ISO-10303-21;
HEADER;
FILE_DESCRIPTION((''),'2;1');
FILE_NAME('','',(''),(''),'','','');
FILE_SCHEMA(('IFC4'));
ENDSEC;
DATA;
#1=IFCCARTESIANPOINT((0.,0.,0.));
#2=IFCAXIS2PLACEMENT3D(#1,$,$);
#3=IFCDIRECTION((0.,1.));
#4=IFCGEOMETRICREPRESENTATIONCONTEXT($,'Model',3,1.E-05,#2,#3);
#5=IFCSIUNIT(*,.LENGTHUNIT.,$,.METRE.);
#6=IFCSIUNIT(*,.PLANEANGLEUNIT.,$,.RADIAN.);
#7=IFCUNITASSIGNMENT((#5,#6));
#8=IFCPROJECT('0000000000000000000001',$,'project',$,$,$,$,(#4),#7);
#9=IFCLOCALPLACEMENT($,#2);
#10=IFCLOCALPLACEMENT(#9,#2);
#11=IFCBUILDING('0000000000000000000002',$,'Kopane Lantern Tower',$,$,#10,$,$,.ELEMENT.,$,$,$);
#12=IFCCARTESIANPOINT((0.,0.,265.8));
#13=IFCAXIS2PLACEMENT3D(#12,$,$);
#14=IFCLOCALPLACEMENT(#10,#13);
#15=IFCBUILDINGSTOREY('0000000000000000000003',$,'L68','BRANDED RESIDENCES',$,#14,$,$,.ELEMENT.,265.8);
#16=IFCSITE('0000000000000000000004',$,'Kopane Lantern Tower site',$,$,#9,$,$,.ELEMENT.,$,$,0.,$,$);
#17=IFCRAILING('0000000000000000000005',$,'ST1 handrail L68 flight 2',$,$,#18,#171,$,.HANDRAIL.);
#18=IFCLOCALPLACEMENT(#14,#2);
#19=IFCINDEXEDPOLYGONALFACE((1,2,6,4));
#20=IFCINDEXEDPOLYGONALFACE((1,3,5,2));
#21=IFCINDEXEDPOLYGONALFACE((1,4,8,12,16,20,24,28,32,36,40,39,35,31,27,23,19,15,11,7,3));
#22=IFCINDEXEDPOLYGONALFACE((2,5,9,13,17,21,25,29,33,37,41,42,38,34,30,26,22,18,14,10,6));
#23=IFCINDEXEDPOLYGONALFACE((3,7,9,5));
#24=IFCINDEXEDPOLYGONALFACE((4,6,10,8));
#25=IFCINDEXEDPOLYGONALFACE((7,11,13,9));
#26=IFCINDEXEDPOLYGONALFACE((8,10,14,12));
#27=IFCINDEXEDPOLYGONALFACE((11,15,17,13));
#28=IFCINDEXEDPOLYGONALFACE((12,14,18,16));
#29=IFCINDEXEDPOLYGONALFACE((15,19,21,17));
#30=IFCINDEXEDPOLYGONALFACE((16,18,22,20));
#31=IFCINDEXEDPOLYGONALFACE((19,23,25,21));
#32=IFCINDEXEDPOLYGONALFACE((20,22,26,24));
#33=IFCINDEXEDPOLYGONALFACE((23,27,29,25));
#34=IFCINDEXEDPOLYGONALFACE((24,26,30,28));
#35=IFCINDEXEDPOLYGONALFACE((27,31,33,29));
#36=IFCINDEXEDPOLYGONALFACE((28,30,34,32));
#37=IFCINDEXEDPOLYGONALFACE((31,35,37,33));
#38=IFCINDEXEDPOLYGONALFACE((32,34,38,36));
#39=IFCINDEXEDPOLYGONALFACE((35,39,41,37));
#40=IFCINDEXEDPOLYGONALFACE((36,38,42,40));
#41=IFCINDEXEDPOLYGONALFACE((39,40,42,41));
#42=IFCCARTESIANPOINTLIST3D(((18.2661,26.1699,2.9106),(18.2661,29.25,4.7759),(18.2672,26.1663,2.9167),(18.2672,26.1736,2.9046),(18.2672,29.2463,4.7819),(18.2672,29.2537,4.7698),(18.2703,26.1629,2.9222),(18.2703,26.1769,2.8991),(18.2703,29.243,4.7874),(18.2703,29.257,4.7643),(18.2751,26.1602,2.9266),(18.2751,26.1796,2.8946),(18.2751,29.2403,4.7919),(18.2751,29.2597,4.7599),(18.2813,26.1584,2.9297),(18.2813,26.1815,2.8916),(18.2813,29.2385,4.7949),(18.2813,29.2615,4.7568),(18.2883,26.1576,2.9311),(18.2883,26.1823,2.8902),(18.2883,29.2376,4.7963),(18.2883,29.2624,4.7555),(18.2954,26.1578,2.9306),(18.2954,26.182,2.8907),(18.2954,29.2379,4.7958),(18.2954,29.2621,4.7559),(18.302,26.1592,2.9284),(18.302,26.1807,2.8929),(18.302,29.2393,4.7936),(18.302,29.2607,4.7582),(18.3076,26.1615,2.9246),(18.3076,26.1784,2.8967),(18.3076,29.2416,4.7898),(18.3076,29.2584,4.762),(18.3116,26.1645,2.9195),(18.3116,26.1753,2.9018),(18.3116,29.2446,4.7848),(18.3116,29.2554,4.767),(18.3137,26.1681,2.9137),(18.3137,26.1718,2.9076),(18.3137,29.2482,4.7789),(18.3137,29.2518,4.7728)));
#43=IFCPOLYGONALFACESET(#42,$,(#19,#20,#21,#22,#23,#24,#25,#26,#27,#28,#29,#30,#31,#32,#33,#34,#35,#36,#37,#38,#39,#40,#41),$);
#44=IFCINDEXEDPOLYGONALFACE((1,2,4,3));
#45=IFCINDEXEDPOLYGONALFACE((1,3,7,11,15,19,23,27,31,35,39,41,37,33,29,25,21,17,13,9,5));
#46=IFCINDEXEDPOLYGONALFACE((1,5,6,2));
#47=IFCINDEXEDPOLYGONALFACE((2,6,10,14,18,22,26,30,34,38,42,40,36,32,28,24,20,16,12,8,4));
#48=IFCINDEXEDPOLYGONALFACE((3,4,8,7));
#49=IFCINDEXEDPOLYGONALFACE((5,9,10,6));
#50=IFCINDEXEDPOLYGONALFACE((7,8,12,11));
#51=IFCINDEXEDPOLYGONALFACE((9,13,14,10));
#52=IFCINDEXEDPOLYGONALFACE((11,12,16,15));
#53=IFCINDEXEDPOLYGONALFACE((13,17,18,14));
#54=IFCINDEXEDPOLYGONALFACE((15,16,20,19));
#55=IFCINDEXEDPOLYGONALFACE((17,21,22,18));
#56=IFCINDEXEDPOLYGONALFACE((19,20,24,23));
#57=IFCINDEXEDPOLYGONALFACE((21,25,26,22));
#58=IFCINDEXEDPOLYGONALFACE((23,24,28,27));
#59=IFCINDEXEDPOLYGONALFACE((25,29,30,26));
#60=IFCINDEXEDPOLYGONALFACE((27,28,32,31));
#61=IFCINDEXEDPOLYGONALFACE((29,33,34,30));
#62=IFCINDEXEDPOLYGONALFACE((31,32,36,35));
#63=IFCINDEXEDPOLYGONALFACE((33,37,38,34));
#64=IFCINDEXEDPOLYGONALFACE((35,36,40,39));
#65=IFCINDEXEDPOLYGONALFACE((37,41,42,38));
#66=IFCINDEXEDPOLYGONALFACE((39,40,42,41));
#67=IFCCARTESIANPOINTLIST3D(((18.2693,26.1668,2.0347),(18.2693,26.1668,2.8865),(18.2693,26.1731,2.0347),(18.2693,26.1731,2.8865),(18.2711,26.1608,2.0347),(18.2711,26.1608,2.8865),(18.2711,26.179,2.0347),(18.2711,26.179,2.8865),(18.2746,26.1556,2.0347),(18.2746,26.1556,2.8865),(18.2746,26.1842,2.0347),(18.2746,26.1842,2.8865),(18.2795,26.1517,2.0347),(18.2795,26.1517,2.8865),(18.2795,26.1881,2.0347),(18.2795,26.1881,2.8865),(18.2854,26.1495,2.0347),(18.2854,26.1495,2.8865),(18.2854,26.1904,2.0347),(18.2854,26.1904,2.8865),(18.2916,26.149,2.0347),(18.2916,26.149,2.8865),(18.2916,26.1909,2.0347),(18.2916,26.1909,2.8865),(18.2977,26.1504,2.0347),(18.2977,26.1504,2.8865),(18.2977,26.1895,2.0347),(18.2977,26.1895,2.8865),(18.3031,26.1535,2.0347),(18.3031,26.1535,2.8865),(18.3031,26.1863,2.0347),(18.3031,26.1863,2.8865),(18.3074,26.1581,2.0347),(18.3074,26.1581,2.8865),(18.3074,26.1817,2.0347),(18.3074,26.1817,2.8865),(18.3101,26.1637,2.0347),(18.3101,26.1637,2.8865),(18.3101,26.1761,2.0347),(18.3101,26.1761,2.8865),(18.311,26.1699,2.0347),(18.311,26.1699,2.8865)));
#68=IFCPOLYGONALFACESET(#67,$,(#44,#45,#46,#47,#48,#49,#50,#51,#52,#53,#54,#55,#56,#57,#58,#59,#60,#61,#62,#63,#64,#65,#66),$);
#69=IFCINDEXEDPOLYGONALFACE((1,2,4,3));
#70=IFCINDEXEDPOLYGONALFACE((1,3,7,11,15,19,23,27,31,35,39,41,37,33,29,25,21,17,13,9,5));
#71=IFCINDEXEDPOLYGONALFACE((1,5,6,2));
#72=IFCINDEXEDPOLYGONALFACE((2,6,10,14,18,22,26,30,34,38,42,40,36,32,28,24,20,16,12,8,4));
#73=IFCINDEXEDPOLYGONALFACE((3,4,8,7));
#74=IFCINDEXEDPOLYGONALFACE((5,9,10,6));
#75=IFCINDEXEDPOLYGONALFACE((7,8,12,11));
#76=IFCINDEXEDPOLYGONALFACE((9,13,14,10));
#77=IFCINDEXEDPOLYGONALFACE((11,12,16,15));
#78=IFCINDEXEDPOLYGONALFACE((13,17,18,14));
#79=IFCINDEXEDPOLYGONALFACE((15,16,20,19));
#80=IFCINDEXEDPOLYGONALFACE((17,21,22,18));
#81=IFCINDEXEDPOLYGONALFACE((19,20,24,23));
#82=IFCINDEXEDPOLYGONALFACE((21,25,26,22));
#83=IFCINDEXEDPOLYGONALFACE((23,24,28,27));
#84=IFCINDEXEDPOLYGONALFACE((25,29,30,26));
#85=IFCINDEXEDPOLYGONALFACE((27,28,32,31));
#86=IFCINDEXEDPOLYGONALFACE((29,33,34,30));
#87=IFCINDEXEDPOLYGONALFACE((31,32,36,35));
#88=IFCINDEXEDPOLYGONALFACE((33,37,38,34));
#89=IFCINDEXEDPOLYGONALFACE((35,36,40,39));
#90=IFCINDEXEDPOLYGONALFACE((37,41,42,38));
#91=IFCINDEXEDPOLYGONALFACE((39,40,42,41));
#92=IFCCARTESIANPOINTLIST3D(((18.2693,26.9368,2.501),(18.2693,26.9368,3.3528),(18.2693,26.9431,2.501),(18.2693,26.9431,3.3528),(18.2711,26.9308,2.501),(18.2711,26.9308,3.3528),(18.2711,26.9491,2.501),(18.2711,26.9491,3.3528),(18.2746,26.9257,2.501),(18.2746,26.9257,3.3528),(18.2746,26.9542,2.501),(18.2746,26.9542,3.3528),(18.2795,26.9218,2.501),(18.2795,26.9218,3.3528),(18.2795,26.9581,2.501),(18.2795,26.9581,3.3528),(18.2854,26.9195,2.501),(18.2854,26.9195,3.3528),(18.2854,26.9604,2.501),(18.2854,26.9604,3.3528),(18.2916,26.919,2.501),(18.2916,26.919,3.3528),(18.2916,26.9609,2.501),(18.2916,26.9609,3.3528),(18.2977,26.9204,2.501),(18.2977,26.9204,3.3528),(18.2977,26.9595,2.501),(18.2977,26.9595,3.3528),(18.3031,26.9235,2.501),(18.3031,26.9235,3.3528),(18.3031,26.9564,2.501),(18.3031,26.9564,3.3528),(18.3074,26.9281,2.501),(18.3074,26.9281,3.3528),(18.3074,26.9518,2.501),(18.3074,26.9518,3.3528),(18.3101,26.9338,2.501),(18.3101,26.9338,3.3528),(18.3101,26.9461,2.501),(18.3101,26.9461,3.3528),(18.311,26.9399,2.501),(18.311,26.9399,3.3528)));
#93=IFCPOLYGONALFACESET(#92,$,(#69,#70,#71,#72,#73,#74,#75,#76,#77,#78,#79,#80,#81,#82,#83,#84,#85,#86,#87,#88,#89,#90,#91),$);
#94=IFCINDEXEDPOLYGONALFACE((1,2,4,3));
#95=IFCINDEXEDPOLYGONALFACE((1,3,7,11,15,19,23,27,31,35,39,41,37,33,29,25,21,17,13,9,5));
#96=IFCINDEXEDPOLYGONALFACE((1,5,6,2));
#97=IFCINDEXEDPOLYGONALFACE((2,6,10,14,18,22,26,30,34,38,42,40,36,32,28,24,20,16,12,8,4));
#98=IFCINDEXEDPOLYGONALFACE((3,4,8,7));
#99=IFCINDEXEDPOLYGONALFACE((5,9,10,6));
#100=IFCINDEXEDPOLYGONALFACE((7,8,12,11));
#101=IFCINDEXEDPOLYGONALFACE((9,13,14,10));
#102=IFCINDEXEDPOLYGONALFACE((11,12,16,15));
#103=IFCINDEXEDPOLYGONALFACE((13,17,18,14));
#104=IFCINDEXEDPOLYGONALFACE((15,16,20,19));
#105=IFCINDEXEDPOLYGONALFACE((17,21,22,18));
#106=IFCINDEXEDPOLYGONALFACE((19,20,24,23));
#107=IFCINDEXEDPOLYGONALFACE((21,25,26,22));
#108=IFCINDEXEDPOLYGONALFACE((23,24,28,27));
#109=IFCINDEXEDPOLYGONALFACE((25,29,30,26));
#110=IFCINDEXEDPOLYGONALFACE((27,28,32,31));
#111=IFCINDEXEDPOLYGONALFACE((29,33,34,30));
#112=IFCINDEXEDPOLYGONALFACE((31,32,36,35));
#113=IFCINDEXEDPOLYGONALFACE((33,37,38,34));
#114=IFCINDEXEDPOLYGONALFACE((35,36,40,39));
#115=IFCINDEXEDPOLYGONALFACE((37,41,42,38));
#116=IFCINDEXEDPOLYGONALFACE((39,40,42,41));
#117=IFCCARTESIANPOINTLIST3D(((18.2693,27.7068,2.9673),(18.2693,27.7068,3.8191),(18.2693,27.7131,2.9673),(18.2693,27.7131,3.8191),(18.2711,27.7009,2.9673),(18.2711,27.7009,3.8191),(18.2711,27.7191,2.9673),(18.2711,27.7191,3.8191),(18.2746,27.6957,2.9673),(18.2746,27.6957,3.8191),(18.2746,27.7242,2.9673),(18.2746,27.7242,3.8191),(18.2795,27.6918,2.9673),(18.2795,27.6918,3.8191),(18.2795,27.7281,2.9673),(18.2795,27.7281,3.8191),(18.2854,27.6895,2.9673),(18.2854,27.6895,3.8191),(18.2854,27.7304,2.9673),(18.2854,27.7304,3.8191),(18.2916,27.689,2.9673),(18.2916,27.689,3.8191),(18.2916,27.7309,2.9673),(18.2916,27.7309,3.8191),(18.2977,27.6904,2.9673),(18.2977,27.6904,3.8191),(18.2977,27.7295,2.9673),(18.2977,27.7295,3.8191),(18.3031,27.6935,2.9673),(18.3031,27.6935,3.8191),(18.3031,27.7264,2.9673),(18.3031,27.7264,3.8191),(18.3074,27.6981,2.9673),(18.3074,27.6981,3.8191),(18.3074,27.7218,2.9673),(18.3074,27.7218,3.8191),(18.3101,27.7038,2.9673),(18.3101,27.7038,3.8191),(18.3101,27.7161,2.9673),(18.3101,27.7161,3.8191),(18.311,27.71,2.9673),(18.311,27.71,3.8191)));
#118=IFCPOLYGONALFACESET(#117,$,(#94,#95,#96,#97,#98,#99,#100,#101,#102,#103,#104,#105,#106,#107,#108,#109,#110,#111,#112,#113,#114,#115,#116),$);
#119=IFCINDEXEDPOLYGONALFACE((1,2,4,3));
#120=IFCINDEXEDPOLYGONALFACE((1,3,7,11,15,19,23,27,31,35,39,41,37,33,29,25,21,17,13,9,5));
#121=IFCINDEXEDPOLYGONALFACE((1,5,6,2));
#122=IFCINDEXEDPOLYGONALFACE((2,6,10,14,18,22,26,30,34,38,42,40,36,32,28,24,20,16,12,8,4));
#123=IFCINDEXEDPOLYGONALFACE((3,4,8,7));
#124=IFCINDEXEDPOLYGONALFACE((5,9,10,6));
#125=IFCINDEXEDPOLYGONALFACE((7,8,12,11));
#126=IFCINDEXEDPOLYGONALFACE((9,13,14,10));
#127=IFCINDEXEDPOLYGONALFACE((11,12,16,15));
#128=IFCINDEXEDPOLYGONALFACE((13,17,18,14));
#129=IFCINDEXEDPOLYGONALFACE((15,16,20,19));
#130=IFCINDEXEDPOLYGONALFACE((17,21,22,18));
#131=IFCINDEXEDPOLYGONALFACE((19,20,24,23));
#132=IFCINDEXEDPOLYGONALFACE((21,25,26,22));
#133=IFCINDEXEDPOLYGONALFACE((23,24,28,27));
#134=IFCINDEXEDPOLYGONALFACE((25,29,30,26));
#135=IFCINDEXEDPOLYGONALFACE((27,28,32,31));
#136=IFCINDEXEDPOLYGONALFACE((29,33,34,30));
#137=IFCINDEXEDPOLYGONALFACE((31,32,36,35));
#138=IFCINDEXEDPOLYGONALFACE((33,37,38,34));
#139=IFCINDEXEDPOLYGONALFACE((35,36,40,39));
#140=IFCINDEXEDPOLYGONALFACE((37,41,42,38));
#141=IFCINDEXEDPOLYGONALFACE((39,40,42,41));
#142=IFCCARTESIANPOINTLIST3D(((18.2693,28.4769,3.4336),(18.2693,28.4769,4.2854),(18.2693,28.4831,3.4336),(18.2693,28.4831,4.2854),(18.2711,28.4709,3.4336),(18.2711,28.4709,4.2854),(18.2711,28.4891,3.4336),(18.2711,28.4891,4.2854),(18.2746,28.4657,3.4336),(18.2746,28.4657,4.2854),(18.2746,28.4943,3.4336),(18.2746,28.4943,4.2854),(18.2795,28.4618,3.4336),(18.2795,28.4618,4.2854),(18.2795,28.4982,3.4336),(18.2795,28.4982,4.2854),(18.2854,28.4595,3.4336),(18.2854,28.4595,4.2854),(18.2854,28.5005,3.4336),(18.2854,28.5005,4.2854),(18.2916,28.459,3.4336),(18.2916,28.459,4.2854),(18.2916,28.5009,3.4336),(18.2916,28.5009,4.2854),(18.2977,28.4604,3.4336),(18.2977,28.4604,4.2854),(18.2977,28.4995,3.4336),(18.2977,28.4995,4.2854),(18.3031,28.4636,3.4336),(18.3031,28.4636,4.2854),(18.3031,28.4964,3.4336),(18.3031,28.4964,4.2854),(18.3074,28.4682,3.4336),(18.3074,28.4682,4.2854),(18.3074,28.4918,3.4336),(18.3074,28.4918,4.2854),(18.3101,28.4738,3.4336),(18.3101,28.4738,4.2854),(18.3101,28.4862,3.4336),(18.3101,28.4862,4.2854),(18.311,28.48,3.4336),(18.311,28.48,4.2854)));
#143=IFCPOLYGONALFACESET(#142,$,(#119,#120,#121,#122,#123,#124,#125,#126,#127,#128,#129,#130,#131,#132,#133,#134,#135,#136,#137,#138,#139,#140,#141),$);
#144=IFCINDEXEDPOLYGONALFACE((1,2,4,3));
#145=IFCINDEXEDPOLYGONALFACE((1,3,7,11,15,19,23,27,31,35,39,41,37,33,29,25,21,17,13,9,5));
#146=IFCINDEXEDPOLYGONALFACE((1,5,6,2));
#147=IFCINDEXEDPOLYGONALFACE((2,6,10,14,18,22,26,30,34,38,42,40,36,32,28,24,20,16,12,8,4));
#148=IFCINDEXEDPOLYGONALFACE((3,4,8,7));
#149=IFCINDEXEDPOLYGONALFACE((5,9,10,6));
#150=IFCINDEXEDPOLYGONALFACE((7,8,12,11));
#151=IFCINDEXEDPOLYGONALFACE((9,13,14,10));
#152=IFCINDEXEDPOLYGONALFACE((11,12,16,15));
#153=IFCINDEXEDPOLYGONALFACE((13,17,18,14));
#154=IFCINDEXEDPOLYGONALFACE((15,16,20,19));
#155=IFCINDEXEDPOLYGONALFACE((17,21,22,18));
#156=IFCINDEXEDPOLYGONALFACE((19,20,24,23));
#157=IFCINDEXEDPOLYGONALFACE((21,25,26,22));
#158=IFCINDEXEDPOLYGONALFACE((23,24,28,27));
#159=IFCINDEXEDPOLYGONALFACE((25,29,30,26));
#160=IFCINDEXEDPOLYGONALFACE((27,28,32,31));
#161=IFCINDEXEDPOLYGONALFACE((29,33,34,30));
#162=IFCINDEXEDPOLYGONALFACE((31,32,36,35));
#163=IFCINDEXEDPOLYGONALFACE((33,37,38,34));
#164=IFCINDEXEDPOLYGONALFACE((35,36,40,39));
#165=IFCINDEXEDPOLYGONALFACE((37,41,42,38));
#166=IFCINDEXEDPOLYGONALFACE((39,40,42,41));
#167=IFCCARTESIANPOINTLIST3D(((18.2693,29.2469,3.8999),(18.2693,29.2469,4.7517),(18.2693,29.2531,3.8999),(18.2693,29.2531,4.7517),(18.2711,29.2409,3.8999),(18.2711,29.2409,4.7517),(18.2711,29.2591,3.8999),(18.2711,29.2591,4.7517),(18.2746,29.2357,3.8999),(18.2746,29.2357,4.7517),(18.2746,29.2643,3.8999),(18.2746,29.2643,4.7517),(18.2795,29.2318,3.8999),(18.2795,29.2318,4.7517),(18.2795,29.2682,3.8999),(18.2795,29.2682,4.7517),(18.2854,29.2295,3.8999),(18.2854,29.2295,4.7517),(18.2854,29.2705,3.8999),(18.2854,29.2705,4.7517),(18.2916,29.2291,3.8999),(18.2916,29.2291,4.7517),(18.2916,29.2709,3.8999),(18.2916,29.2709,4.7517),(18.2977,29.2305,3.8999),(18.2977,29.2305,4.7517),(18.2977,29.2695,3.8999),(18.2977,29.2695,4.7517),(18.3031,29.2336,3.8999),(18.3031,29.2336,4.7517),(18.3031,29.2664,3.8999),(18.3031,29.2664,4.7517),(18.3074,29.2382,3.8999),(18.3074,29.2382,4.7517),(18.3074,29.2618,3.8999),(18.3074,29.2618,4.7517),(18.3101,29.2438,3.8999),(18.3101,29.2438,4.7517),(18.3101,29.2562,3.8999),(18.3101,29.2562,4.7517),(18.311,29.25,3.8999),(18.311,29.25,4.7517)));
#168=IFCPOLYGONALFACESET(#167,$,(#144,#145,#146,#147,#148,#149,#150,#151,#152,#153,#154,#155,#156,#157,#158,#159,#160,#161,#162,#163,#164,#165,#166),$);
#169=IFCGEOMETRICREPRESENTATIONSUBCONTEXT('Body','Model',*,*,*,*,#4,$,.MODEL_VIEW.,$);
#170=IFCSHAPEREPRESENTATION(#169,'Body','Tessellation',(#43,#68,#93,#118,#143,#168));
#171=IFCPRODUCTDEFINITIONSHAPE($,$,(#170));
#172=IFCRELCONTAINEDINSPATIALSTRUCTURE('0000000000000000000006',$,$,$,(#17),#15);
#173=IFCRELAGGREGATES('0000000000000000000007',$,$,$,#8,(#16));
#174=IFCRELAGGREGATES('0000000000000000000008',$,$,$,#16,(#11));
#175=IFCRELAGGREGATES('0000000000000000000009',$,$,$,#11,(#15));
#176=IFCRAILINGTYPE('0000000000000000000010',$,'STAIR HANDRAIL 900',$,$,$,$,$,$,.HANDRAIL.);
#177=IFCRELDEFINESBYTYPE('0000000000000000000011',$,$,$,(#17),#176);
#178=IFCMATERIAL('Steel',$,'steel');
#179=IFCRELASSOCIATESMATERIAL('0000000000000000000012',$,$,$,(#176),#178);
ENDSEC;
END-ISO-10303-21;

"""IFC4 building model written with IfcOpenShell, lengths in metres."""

from ifc_helpers import new_model, si_unit, direction, frame, origin, origin_2d, place, context, subcontext, project, spatial, circle, extrude, material, type_object, element, save


model = new_model("IFC4")

# Units and contexts
model_context = context("Model", 3, precision=1e-05, world=origin(), true_north=direction((0.0, 1.0)))
body_context = subcontext(model_context, "Body", "Model", "MODEL_VIEW")
ifc_project = project(units=[si_unit("LENGTHUNIT", "METRE"), si_unit("PLANEANGLEUNIT", "RADIAN")], contexts=[model_context])

# Site, building, storey
site_placement = place(None, origin())
site = spatial("IfcSite", under=ifc_project, at=site_placement, Name="Kopane Lantern Tower site", CompositionType="ELEMENT", RefElevation=0.0)
building_placement = place(site_placement, origin())
building = spatial("IfcBuilding", under=site, at=building_placement, Name="Kopane Lantern Tower", CompositionType="ELEMENT")
storey_placement = place(building_placement, frame((0.0, 0.0, 265.8)))
storey = spatial("IfcBuildingStorey", under=building, at=storey_placement, Name="L68", Description="BRANDED RESIDENCES", CompositionType="ELEMENT", Elevation=265.8)

# Railing
ifc_material_1 = material(Name="Steel", Category="steel")
railing_type_1 = type_object("IfcRailingType", Name="STAIR HANDRAIL 900", PredefinedType="HANDRAIL", material=ifc_material_1)
for number, where, name in (
    (1, (18.29, 26.1699, 2.0347), "ST1 handrail L68 flight 2"),
):
    element("IfcRailing", number, at=place(storey_placement, frame(where)), inside=storey, type_object=railing_type_1, Name=name, PredefinedType="HANDRAIL", context=body_context, shape_type="SweptSolid", body=[
        extrude(circle(Radius=0.0239, at=origin_2d()), frame((0.0, 0.0, 0.876), z_axis=(0.0, 0.85538, 0.518001), x_axis=(-1.0, 0.0, 0.0)), (0.0, 0.0, 1.0), 3.6008),
        extrude(circle(Radius=0.021, at=origin_2d()), origin(), (0.0, 0.0, 1.0), 0.8518),
        extrude(circle(Radius=0.021, at=origin_2d()), frame((0.0, 0.77, 0.4663)), (0.0, 0.0, 1.0), 0.8518),
        extrude(circle(Radius=0.021, at=origin_2d()), frame((0.0, 1.54, 0.9326)), (0.0, 0.0, 1.0), 0.8518),
        extrude(circle(Radius=0.021, at=origin_2d()), frame((0.0, 2.3101, 1.3989)), (0.0, 0.0, 1.0), 0.8518),
        extrude(circle(Radius=0.021, at=origin_2d()), frame((0.0, 3.0801, 1.8652)), (0.0, 0.0, 1.0), 0.8518),
    ])

save(model, "model.ifc")
